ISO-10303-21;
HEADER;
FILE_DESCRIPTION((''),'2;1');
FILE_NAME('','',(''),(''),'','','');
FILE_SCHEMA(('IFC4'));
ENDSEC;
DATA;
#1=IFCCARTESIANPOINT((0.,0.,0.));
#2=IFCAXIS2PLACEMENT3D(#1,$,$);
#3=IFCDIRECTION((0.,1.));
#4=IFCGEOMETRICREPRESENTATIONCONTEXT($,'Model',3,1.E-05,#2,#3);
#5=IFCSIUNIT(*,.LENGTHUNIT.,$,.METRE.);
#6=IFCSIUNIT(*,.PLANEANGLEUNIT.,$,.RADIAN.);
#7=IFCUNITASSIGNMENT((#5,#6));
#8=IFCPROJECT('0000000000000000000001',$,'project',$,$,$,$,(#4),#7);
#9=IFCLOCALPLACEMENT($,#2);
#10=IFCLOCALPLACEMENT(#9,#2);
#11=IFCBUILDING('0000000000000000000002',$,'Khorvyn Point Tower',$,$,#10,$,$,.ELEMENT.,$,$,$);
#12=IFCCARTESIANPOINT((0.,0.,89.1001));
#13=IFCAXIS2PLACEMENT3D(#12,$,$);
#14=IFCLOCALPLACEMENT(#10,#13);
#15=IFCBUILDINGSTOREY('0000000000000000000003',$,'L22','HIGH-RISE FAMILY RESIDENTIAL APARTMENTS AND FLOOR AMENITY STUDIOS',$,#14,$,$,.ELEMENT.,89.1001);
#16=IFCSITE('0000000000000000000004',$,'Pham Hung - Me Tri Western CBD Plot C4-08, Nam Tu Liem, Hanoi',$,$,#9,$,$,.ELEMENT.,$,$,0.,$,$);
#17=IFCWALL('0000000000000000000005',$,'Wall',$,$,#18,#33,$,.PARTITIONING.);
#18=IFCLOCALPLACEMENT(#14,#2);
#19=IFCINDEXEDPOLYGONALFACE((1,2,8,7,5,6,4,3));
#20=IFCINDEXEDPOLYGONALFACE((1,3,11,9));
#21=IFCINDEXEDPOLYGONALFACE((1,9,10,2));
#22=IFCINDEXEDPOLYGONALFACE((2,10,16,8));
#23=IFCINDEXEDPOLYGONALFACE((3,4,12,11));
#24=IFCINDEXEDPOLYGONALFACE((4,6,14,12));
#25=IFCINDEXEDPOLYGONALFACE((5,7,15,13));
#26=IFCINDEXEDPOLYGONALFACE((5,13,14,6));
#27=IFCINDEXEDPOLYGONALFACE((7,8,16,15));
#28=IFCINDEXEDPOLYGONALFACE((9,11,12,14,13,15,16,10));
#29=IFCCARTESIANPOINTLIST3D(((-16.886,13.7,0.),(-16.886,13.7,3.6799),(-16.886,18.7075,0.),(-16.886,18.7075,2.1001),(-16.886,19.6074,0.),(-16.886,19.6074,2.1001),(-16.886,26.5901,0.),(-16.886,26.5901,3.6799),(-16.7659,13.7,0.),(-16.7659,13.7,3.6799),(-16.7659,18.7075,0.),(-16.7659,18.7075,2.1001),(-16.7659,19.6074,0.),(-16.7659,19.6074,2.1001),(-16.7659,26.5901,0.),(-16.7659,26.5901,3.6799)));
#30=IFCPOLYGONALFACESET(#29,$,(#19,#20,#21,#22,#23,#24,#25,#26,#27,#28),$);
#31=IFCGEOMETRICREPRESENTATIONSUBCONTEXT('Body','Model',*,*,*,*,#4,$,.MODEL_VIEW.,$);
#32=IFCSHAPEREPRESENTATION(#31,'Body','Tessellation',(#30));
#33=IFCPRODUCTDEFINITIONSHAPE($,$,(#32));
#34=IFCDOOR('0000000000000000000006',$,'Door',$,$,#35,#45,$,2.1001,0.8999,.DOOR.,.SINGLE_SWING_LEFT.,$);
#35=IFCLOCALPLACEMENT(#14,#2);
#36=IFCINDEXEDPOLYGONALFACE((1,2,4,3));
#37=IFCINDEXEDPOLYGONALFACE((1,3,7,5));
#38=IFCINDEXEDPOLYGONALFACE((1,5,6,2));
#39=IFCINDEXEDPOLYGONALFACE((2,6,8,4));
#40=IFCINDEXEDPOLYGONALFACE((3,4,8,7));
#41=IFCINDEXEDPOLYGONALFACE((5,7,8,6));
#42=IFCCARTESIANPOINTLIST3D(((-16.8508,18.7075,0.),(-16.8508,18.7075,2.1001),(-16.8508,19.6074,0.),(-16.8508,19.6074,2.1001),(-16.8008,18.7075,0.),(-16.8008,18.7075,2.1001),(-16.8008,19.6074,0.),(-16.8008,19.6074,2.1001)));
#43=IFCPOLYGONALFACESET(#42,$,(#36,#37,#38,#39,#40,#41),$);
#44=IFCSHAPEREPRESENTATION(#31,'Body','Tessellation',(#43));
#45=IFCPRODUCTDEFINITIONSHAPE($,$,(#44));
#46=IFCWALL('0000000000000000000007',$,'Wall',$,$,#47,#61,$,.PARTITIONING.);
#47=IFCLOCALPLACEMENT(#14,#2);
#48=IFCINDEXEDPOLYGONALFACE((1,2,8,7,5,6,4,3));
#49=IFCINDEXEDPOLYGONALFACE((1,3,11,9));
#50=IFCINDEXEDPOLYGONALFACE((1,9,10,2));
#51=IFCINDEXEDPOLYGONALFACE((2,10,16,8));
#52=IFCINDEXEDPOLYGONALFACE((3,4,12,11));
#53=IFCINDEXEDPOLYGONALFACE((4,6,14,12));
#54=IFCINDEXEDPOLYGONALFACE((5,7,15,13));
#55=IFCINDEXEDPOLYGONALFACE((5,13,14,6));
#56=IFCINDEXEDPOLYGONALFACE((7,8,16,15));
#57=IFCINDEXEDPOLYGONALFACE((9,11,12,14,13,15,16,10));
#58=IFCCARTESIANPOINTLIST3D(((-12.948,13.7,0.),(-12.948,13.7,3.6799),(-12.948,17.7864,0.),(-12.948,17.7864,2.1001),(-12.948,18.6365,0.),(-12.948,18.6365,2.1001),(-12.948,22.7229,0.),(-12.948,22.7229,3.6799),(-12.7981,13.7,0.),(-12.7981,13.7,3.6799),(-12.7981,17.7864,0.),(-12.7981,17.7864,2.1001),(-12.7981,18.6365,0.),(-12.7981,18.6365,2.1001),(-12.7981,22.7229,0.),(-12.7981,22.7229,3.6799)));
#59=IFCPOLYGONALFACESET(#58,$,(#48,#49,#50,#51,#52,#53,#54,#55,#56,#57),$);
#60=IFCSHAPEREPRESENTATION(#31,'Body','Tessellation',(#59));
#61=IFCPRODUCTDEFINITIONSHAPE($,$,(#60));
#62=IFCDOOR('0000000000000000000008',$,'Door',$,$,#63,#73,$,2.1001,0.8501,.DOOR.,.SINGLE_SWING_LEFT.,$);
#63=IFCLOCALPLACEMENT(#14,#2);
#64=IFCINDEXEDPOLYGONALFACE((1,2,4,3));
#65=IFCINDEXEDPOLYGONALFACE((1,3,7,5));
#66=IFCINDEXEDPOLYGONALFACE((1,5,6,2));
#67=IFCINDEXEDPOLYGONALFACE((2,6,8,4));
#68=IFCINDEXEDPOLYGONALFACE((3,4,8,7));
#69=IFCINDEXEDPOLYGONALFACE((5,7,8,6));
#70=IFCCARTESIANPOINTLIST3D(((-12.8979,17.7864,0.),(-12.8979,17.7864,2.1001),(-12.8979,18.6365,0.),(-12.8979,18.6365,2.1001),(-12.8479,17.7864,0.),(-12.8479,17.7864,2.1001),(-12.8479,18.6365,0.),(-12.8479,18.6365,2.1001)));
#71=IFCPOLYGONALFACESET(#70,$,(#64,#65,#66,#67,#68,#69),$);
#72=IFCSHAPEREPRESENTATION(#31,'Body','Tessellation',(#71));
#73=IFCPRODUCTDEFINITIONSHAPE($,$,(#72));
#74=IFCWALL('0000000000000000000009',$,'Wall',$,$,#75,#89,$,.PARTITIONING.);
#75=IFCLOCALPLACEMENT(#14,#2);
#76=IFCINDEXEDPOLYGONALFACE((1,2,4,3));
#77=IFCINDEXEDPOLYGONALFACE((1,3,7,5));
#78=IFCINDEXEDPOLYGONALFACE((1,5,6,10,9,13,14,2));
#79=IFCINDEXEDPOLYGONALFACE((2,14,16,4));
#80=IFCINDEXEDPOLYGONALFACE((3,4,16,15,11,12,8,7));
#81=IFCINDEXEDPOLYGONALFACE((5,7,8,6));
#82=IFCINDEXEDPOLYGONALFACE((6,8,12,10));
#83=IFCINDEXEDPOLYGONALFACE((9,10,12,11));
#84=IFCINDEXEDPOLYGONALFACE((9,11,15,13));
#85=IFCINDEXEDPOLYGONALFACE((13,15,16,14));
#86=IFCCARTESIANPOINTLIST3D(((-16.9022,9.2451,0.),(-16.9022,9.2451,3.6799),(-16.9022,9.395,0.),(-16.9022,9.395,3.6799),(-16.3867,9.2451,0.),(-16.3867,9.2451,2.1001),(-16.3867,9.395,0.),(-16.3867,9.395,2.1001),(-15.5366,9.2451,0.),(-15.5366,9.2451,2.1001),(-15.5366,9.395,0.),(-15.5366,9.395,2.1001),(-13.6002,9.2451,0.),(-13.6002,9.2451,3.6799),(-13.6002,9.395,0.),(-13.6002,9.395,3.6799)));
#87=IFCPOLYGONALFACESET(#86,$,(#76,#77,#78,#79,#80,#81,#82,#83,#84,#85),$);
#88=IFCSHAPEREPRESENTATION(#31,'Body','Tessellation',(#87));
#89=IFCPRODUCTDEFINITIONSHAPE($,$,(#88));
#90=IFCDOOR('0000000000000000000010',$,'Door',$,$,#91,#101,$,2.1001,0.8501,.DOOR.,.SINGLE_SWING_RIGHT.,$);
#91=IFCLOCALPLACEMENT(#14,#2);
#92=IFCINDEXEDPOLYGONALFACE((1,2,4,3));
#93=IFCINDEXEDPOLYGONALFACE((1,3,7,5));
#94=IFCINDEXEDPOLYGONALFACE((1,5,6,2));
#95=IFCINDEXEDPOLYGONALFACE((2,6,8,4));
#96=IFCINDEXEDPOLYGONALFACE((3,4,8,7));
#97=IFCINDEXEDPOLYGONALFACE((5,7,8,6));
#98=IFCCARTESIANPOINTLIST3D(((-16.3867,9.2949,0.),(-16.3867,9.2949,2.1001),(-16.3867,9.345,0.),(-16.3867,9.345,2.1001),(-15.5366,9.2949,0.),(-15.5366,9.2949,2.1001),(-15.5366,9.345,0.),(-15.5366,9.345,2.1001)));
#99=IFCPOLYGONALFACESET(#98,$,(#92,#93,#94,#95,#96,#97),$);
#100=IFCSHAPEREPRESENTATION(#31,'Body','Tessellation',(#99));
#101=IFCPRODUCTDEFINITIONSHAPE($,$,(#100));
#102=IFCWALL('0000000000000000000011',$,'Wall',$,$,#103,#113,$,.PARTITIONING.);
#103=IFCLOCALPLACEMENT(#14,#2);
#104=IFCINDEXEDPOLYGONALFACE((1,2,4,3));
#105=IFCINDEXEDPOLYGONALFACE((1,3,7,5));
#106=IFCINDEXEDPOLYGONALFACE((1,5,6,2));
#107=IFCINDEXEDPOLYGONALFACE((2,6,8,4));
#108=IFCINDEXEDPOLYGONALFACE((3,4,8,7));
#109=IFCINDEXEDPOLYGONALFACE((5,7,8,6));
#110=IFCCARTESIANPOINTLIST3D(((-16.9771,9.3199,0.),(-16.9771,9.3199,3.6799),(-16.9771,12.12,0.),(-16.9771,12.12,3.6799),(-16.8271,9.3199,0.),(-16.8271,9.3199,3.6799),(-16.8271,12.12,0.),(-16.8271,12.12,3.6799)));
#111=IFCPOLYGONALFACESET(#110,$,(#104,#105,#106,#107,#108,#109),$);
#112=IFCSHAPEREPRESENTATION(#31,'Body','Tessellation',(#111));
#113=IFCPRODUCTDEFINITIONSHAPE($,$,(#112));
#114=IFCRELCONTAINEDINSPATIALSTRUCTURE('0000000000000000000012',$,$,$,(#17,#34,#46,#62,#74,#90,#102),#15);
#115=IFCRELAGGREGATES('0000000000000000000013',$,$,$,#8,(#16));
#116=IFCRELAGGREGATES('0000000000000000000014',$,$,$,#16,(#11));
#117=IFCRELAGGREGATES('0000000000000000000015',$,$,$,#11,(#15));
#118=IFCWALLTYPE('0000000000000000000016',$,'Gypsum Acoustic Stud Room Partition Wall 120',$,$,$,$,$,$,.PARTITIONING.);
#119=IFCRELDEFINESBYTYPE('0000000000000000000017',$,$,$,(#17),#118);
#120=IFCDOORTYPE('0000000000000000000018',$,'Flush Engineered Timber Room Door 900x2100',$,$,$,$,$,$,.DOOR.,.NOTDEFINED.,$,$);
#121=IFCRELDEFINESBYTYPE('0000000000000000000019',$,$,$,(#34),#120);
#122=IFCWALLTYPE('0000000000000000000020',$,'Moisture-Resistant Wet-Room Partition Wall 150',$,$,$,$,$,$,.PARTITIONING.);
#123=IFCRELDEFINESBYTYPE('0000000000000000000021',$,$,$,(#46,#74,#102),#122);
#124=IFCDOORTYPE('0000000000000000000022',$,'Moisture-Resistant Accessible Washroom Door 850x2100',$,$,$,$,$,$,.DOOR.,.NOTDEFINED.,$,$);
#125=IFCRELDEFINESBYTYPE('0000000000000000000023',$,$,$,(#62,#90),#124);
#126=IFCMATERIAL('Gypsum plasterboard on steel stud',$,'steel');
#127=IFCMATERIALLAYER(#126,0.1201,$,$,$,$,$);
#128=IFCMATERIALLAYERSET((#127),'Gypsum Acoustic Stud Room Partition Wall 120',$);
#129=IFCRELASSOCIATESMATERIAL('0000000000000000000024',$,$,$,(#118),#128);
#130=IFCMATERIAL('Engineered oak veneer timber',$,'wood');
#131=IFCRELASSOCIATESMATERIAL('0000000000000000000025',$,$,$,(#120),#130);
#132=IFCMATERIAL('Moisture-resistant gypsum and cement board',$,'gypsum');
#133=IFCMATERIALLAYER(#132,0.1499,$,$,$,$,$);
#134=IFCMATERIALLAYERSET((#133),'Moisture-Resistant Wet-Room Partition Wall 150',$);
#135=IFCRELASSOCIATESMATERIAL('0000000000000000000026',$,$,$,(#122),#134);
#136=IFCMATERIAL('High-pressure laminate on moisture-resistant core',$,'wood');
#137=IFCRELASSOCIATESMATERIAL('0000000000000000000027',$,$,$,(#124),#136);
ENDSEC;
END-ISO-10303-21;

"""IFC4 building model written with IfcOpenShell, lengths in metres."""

from ifc_helpers import new_model, si_unit, direction, frame, frame_2d, origin, place, context, subcontext, project, spatial, rectangle, extrude, material, layer, layer_set, type_object, element, fill, save


model = new_model("IFC4")

# Units and contexts
model_context = context("Model", 3, precision=1e-05, world=origin(), true_north=direction((0.0, 1.0)))
body_context = subcontext(model_context, "Body", "Model", "MODEL_VIEW")
ifc_project = project(units=[si_unit("LENGTHUNIT", "METRE"), si_unit("PLANEANGLEUNIT", "RADIAN")], contexts=[model_context])

# Site, building, storey
site_placement = place(None, origin())
site = spatial("IfcSite", under=ifc_project, at=site_placement, Name="Pham Hung - Me Tri Western CBD Plot C4-08, Nam Tu Liem, Hanoi", CompositionType="ELEMENT", RefElevation=0.0)
building_placement = place(site_placement, origin())
building = spatial("IfcBuilding", under=site, at=building_placement, Name="Khorvyn Point Tower", CompositionType="ELEMENT")
storey_placement = place(building_placement, frame((0.0, 0.0, 89.1001)))
storey = spatial("IfcBuildingStorey", under=building, at=storey_placement, Name="L22", Description="HIGH-RISE FAMILY RESIDENTIAL APARTMENTS AND FLOOR AMENITY STUDIOS", CompositionType="ELEMENT", Elevation=89.1001)

# Walls, openings, doors
ifc_material_1 = material(Name="Gypsum plasterboard on steel stud", Category="steel")
ifc_layer_1 = layer(ifc_material_1, 0.1201)
ifc_layer_set_1 = layer_set([ifc_layer_1], Name="Gypsum Acoustic Stud Room Partition Wall 120")
wall_type_1 = type_object("IfcWallType", Name="Gypsum Acoustic Stud Room Partition Wall 120", PredefinedType="PARTITIONING", material=ifc_layer_set_1)
wall_1_placement = place(storey_placement, frame((-16.8259, 13.7, 0.0), z_axis=(0.0, 0.0, 1.0), x_axis=(0.0, 1.0, 0.0)))
wall_1 = element("IfcWall", 1, at=wall_1_placement, inside=storey, type_object=wall_type_1, Name="Wall", PredefinedType="PARTITIONING", context=body_context, shape_type="SweptSolid", body=[
    extrude(rectangle(XDim=12.8901, YDim=0.1201, at=frame_2d((6.4451, 0.0))), origin(), (0.0, 0.0, 1.0), 3.6799),
])
opening_1_placement = place(wall_1_placement, frame((5.0076, 0.0, 0.0)))
opening_1 = element("IfcOpeningElement", 2, at=opening_1_placement, cuts=wall_1, PredefinedType="OPENING", context=body_context, shape_type="SweptSolid", body=[
    extrude(rectangle(XDim=0.8999, YDim=2.1001, at=frame_2d((0.45, 1.05))), frame((0.0, 0.0701, 0.0), z_axis=(0.0, -1.0, 0.0), x_axis=(1.0, 0.0, 0.0)), (0.0, 0.0, 1.0), 0.1401),
])
ifc_material_2 = material(Name="Engineered oak veneer timber", Category="wood")
door_type_1 = type_object("IfcDoorType", Name="Flush Engineered Timber Room Door 900x2100", OperationType="NOTDEFINED", PredefinedType="DOOR", material=ifc_material_2)
door_1_placement = place(opening_1_placement, origin())
door_1 = element("IfcDoor", 3, at=door_1_placement, inside=storey, type_object=door_type_1, Name="Door", OperationType="SINGLE_SWING_LEFT", OverallHeight=2.1001, OverallWidth=0.8999, PredefinedType="DOOR", context=body_context, shape_type="SweptSolid", body=[
    extrude(rectangle(XDim=0.8999, YDim=2.1001, at=frame_2d((0.45, 1.05))), frame((0.0, 0.0249, 0.0), z_axis=(0.0, -1.0, 0.0), x_axis=(1.0, 0.0, 0.0)), (0.0, 0.0, 1.0), 0.05),
])
fill(opening_1, door_1)
ifc_material_3 = material(Name="Moisture-resistant gypsum and cement board", Category="gypsum")
ifc_layer_2 = layer(ifc_material_3, 0.1499)
ifc_layer_set_2 = layer_set([ifc_layer_2], Name="Moisture-Resistant Wet-Room Partition Wall 150")
wall_type_2 = type_object("IfcWallType", Name="Moisture-Resistant Wet-Room Partition Wall 150", PredefinedType="PARTITIONING", material=ifc_layer_set_2)
wall_2_placement = place(storey_placement, frame((-12.873, 13.7, 0.0), z_axis=(0.0, 0.0, 1.0), x_axis=(0.0, 1.0, 0.0)))
wall_2 = element("IfcWall", 4, at=wall_2_placement, inside=storey, type_object=wall_type_2, Name="Wall", PredefinedType="PARTITIONING", context=body_context, shape_type="SweptSolid", body=[
    extrude(rectangle(XDim=9.0229, YDim=0.1499, at=frame_2d((4.5115, 0.0))), origin(), (0.0, 0.0, 1.0), 3.6799),
])
opening_2_placement = place(wall_2_placement, frame((4.0864, 0.0, 0.0)))
opening_2 = element("IfcOpeningElement", 5, at=opening_2_placement, cuts=wall_2, PredefinedType="OPENING", context=body_context, shape_type="SweptSolid", body=[
    extrude(rectangle(XDim=0.8501, YDim=2.1001, at=frame_2d((0.425, 1.05))), frame((0.0, 0.085, 0.0), z_axis=(0.0, -1.0, 0.0), x_axis=(1.0, 0.0, 0.0)), (0.0, 0.0, 1.0), 0.1699),
])
ifc_material_4 = material(Name="High-pressure laminate on moisture-resistant core", Category="wood")
door_type_2 = type_object("IfcDoorType", Name="Moisture-Resistant Accessible Washroom Door 850x2100", OperationType="NOTDEFINED", PredefinedType="DOOR", material=ifc_material_4)
door_2_placement = place(opening_2_placement, origin())
door_2 = element("IfcDoor", 6, at=door_2_placement, inside=storey, type_object=door_type_2, Name="Door", OperationType="SINGLE_SWING_LEFT", OverallHeight=2.1001, OverallWidth=0.8501, PredefinedType="DOOR", context=body_context, shape_type="SweptSolid", body=[
    extrude(rectangle(XDim=0.8501, YDim=2.1001, at=frame_2d((0.425, 1.05))), frame((0.0, 0.0249, 0.0), z_axis=(0.0, -1.0, 0.0), x_axis=(1.0, 0.0, 0.0)), (0.0, 0.0, 1.0), 0.05),
])
fill(opening_2, door_2)
wall_3_placement = place(storey_placement, frame((-16.9021, 9.3201, 0.0), z_axis=(0.0, 0.0, 1.0), x_axis=(1.0, 0.0, 0.0)))
wall_3 = element("IfcWall", 7, at=wall_3_placement, inside=storey, type_object=wall_type_2, Name="Wall", PredefinedType="PARTITIONING", context=body_context, shape_type="SweptSolid", body=[
    extrude(rectangle(XDim=3.302, YDim=0.1499, at=frame_2d((1.6509, 0.0))), origin(), (0.0, 0.0, 1.0), 3.6799),
])
opening_3_placement = place(wall_3_placement, frame((0.5154, 0.0, 0.0)))
opening_3 = element("IfcOpeningElement", 8, at=opening_3_placement, cuts=wall_3, PredefinedType="OPENING", context=body_context, shape_type="SweptSolid", body=[
    extrude(rectangle(XDim=0.8501, YDim=2.1001, at=frame_2d((0.425, 1.05))), frame((0.0, 0.085, 0.0), z_axis=(0.0, -1.0, 0.0), x_axis=(1.0, 0.0, 0.0)), (0.0, 0.0, 1.0), 0.1699),
])
door_3_placement = place(opening_3_placement, origin())
door_3 = element("IfcDoor", 9, at=door_3_placement, inside=storey, type_object=door_type_2, Name="Door", OperationType="SINGLE_SWING_RIGHT", OverallHeight=2.1001, OverallWidth=0.8501, PredefinedType="DOOR", context=body_context, shape_type="SweptSolid", body=[
    extrude(rectangle(XDim=0.8501, YDim=2.1001, at=frame_2d((0.425, 1.05))), frame((0.0, 0.0249, 0.0), z_axis=(0.0, -1.0, 0.0), x_axis=(1.0, 0.0, 0.0)), (0.0, 0.0, 1.0), 0.05),
])
fill(opening_3, door_3)

# Wall
wall_4_placement = place(storey_placement, frame((-16.9021, 9.3201, 0.0), z_axis=(0.0, 0.0, 1.0), x_axis=(0.0, 1.0, 0.0)))
element("IfcWall", 10, at=wall_4_placement, inside=storey, type_object=wall_type_2, Name="Wall", PredefinedType="PARTITIONING", context=body_context, shape_type="SweptSolid", body=[
    extrude(rectangle(XDim=2.8, YDim=0.1499, at=frame_2d((1.3999, 0.0))), origin(), (0.0, 0.0, 1.0), 3.6799),
])

save(model, "model.ifc")
